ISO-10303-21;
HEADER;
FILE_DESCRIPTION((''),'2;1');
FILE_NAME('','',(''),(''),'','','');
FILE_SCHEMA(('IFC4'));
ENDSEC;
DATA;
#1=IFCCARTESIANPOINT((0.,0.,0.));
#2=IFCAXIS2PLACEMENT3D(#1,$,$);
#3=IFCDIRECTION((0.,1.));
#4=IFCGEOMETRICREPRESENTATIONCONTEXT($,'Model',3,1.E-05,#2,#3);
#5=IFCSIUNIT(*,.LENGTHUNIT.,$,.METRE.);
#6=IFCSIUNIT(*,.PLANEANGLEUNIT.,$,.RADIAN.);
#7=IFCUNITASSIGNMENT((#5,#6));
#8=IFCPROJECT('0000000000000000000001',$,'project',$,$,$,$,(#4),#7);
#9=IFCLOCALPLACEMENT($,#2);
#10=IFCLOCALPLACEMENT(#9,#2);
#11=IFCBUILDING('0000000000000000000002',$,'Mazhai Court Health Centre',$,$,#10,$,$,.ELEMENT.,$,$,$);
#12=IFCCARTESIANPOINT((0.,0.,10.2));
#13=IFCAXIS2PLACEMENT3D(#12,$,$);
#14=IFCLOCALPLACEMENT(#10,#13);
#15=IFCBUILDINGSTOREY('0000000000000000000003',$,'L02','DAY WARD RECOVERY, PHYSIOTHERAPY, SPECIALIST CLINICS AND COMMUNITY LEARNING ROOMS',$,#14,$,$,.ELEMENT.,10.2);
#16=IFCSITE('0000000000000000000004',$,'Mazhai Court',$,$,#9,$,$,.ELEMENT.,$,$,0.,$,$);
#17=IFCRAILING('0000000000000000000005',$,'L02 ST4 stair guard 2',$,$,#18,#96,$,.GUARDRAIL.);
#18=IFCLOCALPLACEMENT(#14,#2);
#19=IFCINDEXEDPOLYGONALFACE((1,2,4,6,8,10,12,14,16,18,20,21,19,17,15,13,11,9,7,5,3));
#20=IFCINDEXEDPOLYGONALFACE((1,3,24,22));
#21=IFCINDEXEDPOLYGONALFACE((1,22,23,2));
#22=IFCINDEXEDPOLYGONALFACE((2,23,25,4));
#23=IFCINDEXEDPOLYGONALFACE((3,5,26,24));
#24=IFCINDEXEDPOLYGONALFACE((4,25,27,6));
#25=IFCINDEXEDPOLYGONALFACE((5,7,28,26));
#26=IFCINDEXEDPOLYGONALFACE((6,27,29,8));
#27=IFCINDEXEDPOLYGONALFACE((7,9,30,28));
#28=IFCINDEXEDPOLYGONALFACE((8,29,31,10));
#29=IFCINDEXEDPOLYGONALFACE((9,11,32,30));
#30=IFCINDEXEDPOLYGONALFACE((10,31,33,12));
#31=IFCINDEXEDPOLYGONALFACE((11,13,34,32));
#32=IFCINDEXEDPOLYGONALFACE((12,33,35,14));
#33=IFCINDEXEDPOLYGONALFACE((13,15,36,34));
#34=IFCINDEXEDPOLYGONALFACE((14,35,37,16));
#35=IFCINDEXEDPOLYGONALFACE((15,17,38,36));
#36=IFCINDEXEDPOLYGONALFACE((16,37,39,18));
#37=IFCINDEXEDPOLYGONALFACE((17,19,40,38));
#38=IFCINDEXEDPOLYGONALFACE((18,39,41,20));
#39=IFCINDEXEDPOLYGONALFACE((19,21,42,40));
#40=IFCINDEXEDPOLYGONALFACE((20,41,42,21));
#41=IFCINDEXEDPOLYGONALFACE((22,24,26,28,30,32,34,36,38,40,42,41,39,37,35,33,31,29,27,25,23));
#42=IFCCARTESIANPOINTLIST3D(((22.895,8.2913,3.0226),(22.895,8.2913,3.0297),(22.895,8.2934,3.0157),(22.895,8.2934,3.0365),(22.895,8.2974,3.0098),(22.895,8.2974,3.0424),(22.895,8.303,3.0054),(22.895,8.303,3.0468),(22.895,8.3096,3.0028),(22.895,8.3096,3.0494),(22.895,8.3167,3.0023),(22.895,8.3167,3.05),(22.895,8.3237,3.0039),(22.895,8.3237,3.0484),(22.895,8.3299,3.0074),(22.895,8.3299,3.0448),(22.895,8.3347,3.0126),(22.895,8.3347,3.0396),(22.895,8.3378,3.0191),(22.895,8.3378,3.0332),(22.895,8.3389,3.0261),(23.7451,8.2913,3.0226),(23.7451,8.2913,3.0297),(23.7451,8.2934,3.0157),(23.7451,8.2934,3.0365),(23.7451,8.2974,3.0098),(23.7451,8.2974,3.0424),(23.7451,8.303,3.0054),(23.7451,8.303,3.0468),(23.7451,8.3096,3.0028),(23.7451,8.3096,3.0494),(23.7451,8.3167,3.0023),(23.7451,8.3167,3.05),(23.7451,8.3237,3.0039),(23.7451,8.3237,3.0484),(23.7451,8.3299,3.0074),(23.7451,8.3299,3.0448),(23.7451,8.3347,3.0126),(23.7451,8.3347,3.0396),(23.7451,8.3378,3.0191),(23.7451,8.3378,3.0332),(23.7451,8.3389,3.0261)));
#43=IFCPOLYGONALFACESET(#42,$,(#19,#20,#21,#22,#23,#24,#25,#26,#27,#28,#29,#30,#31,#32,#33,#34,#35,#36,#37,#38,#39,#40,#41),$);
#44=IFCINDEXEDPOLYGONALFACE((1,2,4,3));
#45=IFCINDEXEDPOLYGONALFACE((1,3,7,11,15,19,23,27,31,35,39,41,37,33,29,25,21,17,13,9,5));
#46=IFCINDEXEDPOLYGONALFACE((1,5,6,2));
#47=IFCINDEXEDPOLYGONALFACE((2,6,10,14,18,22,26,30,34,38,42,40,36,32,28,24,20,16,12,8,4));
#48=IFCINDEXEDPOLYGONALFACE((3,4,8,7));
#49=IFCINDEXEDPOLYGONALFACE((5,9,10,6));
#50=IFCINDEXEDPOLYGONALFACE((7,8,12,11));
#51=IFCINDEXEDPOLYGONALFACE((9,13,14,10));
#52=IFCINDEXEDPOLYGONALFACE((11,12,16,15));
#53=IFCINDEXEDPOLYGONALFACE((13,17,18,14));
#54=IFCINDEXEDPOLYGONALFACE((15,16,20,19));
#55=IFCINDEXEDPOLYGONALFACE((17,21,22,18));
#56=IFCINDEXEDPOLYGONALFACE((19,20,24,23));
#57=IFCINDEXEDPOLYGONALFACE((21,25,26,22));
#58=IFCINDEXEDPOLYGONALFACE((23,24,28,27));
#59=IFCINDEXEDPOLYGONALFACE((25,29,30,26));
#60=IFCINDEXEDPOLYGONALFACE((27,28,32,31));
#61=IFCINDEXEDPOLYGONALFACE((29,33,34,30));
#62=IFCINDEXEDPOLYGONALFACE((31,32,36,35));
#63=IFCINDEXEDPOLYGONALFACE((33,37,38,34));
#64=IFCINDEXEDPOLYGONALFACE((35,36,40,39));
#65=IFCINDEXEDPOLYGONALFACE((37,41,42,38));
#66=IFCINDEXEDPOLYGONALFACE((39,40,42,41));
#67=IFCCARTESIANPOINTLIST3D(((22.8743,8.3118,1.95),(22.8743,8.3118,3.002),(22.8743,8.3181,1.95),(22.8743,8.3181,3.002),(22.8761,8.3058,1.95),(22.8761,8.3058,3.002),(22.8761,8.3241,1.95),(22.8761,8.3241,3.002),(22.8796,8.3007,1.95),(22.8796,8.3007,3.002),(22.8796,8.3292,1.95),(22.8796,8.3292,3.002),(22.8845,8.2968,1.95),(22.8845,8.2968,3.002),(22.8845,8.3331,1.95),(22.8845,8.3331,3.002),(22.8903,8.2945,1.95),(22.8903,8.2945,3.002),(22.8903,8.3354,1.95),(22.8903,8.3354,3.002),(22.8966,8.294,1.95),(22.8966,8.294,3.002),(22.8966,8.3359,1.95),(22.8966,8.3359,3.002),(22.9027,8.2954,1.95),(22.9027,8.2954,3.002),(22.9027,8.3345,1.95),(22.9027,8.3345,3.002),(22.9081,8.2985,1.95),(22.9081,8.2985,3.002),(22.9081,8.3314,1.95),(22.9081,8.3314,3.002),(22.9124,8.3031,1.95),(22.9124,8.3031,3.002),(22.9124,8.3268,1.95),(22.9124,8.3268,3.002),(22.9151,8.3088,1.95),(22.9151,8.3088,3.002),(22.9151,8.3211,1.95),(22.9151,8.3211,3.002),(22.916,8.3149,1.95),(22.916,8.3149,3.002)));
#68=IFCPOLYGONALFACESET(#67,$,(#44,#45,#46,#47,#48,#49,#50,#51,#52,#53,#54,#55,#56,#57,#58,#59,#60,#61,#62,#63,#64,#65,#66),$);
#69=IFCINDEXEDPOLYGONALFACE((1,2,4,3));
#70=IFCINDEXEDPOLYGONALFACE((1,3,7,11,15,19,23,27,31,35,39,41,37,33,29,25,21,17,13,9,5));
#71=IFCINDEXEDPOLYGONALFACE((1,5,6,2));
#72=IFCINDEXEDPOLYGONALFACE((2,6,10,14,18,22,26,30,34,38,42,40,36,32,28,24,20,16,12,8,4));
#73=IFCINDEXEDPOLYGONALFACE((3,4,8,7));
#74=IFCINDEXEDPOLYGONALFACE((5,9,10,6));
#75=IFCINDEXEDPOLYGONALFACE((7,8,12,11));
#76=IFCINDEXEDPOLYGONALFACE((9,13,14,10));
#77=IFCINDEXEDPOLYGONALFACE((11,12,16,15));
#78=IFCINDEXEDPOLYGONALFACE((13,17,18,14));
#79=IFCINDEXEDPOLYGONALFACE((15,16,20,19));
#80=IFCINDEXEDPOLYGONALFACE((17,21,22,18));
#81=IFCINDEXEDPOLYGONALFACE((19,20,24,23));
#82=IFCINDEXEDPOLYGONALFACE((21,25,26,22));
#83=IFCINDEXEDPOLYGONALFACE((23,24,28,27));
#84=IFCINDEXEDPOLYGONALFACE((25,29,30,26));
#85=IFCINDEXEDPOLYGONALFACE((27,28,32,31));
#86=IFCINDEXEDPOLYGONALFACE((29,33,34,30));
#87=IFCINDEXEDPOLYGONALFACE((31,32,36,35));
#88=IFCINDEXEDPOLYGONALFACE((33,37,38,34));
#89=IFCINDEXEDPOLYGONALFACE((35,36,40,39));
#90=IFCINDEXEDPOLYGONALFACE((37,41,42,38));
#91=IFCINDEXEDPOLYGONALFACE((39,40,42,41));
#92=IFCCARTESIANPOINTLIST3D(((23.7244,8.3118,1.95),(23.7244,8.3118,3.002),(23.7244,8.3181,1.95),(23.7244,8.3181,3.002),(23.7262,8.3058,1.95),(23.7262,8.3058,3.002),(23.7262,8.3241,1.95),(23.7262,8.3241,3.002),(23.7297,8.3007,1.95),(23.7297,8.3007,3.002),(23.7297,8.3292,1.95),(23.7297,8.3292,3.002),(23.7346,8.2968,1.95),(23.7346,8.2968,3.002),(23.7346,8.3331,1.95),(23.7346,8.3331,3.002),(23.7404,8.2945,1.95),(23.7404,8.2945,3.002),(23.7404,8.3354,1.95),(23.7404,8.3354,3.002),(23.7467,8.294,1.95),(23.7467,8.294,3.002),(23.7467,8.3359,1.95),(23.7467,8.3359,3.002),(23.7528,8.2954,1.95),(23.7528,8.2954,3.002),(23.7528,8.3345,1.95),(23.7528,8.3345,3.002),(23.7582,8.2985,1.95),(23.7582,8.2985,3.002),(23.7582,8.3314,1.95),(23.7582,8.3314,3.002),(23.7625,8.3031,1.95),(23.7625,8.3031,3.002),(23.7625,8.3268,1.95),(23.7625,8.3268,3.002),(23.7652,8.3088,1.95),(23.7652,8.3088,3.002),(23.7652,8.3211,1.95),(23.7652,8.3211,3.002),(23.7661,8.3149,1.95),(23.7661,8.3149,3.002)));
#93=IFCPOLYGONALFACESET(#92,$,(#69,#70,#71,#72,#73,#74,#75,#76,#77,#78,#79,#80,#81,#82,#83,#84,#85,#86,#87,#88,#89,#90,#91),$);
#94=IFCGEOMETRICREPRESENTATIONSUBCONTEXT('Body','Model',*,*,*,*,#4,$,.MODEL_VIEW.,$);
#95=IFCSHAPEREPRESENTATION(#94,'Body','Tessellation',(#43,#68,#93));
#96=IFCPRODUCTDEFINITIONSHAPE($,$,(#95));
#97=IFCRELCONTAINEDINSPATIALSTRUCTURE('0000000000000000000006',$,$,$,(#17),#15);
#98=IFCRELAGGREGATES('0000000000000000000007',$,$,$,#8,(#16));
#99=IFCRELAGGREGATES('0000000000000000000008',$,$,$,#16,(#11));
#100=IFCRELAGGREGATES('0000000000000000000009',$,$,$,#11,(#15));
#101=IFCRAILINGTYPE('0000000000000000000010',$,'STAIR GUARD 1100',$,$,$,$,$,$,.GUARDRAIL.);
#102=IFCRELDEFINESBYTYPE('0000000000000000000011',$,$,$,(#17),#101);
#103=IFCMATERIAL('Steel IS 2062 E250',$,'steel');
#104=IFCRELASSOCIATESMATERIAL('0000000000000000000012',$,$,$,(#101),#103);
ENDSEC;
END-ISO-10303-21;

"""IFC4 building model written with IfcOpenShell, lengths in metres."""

from ifc_helpers import new_model, si_unit, direction, frame, origin, origin_2d, place, context, subcontext, project, spatial, circle, extrude, material, type_object, element, save


model = new_model("IFC4")

# Units and contexts
model_context = context("Model", 3, precision=1e-05, world=origin(), true_north=direction((0.0, 1.0)))
body_context = subcontext(model_context, "Body", "Model", "MODEL_VIEW")
ifc_project = project(units=[si_unit("LENGTHUNIT", "METRE"), si_unit("PLANEANGLEUNIT", "RADIAN")], contexts=[model_context])

# Site, building, storey
site_placement = place(None, origin())
site = spatial("IfcSite", under=ifc_project, at=site_placement, Name="Mazhai Court", CompositionType="ELEMENT", RefElevation=0.0)
building_placement = place(site_placement, origin())
building = spatial("IfcBuilding", under=site, at=building_placement, Name="Mazhai Court Health Centre", CompositionType="ELEMENT")
storey_placement = place(building_placement, frame((0.0, 0.0, 10.2)))
storey = spatial("IfcBuildingStorey", under=building, at=storey_placement, Name="L02", Description="DAY WARD RECOVERY, PHYSIOTHERAPY, SPECIALIST CLINICS AND COMMUNITY LEARNING ROOMS", CompositionType="ELEMENT", Elevation=10.2)

# Railing
ifc_material_1 = material(Name="Steel IS 2062 E250", Category="steel")
railing_type = type_object("IfcRailingType", Name="STAIR GUARD 1100", PredefinedType="GUARDRAIL", material=ifc_material_1)
railing_placement = place(storey_placement, frame((22.895, 8.3149, 1.95)))
element("IfcRailing", 1, at=railing_placement, inside=storey, type_object=railing_type, Name="L02 ST4 stair guard 2", PredefinedType="GUARDRAIL", context=body_context, shape_type="SweptSolid", body=[
    extrude(circle(Radius=0.0239, at=origin_2d()), frame((0.0, 0.0, 1.0762), z_axis=(1.0, 0.0, 0.0), x_axis=(0.0, 1.0, 0.0)), (0.0, 0.0, 1.0), 0.8501),
    extrude(circle(Radius=0.021, at=origin_2d()), origin(), (0.0, 0.0, 1.0), 1.052),
    extrude(circle(Radius=0.021, at=origin_2d()), frame((0.8501, 0.0, 0.0)), (0.0, 0.0, 1.0), 1.052),
])

save(model, "model.ifc")
